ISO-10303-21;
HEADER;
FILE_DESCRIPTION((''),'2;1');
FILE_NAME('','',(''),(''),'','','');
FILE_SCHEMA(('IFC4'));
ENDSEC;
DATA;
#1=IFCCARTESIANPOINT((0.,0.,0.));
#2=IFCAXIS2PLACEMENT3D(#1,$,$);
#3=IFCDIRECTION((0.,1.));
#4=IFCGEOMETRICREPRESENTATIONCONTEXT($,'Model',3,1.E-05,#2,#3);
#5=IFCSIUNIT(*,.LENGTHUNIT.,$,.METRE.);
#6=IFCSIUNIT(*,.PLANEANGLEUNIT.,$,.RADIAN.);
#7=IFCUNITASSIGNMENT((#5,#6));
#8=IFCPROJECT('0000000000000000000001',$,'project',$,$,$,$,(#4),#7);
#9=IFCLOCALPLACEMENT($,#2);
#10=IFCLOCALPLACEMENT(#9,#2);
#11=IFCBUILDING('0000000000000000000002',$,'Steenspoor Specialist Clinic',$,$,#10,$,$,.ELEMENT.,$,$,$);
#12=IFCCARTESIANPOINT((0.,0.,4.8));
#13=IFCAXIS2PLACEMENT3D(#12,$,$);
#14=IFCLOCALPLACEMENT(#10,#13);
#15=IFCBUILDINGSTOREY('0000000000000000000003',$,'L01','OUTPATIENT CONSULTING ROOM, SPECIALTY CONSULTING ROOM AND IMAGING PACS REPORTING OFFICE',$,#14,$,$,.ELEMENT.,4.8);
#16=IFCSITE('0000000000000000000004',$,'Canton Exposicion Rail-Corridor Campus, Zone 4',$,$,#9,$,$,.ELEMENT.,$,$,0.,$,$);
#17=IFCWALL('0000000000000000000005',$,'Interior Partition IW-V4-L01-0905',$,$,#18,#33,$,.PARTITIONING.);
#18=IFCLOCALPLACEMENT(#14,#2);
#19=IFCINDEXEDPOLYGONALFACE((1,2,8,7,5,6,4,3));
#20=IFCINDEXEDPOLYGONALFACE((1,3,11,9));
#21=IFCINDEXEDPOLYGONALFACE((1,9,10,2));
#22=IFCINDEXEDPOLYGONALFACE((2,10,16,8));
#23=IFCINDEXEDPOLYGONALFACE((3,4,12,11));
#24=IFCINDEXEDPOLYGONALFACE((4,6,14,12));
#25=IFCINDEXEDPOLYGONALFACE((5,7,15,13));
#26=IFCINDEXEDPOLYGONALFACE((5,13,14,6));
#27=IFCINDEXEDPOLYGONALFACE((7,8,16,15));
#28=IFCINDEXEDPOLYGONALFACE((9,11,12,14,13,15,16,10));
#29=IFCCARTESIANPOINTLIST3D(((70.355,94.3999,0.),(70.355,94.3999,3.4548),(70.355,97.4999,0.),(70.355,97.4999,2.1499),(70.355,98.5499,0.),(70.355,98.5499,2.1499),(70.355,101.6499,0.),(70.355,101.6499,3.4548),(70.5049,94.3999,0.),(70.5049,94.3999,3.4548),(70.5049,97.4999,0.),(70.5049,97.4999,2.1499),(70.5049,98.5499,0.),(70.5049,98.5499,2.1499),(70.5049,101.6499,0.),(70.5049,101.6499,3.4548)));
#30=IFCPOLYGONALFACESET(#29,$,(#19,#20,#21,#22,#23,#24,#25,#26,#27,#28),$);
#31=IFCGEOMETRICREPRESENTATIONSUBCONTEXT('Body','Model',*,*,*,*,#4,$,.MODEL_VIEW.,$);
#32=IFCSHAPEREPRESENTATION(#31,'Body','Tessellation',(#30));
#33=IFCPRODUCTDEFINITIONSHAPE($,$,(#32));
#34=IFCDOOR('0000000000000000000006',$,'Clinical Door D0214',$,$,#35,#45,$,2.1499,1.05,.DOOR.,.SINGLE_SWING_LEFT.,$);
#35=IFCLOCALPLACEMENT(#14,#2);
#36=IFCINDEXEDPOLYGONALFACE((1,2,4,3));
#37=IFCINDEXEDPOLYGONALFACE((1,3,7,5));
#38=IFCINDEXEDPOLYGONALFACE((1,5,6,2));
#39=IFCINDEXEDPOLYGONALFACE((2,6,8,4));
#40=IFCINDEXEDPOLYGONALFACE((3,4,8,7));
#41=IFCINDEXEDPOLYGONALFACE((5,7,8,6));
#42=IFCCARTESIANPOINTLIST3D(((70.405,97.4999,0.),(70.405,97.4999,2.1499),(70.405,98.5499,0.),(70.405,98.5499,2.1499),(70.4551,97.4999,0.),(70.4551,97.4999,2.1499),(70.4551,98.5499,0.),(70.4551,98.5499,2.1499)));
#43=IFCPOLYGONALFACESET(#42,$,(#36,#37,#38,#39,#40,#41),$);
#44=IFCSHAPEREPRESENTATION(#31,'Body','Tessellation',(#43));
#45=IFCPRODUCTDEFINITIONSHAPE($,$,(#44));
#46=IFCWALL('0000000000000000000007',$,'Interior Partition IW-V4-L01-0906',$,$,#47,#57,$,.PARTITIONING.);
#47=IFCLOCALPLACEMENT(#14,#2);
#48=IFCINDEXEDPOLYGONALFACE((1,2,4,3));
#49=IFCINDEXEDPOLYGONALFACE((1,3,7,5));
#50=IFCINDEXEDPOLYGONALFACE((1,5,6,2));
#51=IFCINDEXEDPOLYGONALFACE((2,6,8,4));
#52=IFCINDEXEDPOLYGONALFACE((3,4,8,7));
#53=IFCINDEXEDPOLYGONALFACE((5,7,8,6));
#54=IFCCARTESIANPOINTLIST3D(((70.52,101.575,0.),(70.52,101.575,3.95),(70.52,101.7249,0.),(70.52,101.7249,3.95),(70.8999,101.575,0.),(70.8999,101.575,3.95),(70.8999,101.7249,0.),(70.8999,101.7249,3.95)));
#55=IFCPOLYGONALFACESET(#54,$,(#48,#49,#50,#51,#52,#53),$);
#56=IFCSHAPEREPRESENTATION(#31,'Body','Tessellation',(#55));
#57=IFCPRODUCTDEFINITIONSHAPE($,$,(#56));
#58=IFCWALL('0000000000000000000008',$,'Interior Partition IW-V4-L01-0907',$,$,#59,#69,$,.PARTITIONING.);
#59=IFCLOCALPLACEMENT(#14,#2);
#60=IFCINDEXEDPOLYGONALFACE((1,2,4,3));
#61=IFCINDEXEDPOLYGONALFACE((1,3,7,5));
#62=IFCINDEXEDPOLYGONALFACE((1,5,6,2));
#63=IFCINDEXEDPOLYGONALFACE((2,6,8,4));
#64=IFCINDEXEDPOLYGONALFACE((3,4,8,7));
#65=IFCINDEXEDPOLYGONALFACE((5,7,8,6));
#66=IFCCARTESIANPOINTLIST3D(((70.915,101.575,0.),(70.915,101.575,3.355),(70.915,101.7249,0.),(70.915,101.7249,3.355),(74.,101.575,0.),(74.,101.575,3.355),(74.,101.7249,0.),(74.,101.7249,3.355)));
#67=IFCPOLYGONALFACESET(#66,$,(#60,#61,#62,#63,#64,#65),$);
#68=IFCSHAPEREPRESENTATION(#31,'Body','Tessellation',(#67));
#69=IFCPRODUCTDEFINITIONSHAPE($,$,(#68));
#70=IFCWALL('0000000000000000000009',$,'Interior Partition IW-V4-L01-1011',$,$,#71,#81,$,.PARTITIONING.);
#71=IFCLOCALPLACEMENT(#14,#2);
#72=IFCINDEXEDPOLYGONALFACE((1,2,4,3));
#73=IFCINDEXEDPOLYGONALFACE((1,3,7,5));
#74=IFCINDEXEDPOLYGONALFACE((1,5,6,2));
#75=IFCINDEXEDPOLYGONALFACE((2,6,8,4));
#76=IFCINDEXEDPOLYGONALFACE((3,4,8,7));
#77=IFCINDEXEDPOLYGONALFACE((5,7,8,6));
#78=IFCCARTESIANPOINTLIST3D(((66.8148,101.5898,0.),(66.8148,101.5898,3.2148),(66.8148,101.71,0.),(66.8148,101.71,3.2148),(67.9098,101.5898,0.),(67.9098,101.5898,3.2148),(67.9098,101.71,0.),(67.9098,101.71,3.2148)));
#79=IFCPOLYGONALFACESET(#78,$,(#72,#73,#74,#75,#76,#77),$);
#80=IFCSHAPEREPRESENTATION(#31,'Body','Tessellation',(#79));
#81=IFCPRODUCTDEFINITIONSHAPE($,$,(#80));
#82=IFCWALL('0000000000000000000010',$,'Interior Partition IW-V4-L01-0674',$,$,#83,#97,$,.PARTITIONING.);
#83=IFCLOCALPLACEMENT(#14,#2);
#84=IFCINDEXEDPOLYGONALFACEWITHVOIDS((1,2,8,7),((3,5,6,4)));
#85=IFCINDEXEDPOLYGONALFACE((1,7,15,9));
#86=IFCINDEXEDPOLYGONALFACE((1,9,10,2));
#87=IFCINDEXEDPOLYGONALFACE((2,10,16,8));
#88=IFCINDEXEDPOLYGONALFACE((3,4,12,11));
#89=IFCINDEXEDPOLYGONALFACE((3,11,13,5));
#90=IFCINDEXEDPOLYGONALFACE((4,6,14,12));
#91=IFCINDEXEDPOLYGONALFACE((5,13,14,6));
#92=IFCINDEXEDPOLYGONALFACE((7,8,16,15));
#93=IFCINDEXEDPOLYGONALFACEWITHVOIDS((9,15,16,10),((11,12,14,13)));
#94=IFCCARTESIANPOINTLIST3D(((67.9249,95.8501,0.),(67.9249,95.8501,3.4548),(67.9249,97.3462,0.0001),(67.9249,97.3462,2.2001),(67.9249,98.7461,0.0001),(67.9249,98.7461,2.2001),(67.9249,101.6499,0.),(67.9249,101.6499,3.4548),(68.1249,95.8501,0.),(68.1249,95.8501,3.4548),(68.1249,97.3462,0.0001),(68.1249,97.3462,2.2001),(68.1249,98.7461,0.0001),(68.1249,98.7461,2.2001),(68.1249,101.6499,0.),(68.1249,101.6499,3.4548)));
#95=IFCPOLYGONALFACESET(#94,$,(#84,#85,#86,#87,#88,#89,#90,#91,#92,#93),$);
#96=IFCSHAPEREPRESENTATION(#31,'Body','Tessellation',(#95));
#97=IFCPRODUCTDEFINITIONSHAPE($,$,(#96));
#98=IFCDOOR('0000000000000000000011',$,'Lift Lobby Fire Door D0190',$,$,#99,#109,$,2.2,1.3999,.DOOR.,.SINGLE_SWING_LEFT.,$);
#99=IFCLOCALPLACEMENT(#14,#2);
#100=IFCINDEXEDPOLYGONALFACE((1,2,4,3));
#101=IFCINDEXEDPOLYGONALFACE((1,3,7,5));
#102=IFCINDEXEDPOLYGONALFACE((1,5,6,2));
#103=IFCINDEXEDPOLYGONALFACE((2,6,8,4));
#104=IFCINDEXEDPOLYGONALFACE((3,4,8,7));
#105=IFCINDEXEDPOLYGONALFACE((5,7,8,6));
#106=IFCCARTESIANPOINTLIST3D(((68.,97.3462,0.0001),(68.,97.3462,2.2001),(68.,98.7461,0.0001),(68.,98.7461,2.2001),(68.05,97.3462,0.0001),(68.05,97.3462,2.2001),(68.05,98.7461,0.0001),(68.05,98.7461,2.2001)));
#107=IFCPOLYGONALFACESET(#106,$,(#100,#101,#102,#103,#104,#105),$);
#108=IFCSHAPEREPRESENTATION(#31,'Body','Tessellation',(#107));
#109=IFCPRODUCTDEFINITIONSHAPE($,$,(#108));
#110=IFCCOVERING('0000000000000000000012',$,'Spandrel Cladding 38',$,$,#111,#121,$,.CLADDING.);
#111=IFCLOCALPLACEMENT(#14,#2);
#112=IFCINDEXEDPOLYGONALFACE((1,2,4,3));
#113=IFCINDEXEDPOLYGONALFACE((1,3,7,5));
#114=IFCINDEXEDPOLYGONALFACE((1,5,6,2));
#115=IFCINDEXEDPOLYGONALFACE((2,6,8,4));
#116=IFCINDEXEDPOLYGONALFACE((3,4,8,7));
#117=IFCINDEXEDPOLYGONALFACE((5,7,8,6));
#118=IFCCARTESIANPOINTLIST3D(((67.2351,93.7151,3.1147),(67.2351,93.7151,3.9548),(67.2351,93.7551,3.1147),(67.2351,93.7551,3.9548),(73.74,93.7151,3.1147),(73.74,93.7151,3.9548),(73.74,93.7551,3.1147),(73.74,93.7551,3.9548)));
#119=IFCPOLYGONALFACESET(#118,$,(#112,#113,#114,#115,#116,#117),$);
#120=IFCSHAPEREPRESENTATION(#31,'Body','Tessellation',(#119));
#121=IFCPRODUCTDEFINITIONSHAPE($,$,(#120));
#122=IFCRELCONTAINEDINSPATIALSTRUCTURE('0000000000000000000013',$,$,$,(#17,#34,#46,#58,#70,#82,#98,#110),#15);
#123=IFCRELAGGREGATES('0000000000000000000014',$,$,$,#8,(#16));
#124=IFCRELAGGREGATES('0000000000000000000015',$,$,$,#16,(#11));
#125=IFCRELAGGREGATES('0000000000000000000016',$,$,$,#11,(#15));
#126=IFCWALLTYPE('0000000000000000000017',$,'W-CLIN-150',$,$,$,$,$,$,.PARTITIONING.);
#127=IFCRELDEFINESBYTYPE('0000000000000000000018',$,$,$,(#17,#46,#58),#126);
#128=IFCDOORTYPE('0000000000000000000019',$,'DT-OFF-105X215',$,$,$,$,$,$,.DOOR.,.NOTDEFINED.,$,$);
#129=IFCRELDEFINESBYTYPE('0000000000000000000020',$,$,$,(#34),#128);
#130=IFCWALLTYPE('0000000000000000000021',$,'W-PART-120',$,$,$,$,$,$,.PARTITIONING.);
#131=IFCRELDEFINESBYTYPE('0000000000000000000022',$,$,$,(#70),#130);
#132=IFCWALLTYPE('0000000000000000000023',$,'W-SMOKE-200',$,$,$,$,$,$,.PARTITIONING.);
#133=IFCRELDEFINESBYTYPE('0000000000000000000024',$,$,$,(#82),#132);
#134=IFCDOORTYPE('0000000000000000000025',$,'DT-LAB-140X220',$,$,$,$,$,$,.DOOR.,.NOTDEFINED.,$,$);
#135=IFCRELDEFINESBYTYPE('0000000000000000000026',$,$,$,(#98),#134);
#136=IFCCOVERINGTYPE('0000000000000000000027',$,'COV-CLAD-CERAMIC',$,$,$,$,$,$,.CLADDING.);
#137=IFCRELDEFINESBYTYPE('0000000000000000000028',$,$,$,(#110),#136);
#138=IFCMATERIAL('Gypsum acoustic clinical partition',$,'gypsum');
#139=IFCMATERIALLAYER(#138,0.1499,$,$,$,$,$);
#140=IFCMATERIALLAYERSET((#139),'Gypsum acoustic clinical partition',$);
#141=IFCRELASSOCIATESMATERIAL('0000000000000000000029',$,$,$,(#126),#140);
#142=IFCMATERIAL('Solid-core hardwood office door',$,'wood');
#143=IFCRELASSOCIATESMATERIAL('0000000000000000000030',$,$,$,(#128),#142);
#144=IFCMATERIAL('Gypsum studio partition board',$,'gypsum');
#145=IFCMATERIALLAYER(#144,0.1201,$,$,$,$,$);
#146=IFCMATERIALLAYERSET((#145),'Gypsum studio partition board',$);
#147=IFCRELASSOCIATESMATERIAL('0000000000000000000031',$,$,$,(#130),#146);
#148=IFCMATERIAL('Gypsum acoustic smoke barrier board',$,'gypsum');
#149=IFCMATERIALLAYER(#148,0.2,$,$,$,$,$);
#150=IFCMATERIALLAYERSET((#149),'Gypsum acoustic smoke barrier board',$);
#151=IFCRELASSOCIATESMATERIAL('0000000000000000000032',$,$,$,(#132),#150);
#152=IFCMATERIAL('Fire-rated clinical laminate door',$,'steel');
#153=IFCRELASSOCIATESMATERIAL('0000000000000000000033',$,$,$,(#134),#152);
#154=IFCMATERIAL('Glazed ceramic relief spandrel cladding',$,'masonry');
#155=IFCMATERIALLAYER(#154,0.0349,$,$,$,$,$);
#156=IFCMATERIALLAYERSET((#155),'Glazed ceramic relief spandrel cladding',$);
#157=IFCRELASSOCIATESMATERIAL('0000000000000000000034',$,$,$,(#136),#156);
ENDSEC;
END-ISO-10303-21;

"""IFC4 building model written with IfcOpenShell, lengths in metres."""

from ifc_helpers import new_model, si_unit, direction, frame, frame_2d, origin, origin_2d, place, context, subcontext, project, spatial, rectangle, extrude, material, layer, layer_set, type_object, element, fill, save


model = new_model("IFC4")

# Units and contexts
model_context = context("Model", 3, precision=1e-05, world=origin(), true_north=direction((0.0, 1.0)))
body_context = subcontext(model_context, "Body", "Model", "MODEL_VIEW")
ifc_project = project(units=[si_unit("LENGTHUNIT", "METRE"), si_unit("PLANEANGLEUNIT", "RADIAN")], contexts=[model_context])

# Site, building, storey
site_placement = place(None, origin())
site = spatial("IfcSite", under=ifc_project, at=site_placement, Name="Canton Exposicion Rail-Corridor Campus, Zone 4", CompositionType="ELEMENT", RefElevation=0.0)
building_placement = place(site_placement, origin())
building = spatial("IfcBuilding", under=site, at=building_placement, Name="Steenspoor Specialist Clinic", CompositionType="ELEMENT")
storey_placement = place(building_placement, frame((0.0, 0.0, 4.8)))
storey = spatial("IfcBuildingStorey", under=building, at=storey_placement, Name="L01", Description="OUTPATIENT CONSULTING ROOM, SPECIALTY CONSULTING ROOM AND IMAGING PACS REPORTING OFFICE", CompositionType="ELEMENT", Elevation=4.8)

# Wall, opening, door
ifc_material_1 = material(Name="Gypsum acoustic clinical partition", Category="gypsum")
ifc_layer_1 = layer(ifc_material_1, 0.1499)
ifc_layer_set_1 = layer_set([ifc_layer_1], Name="Gypsum acoustic clinical partition")
wall_type_1 = type_object("IfcWallType", Name="W-CLIN-150", PredefinedType="PARTITIONING", material=ifc_layer_set_1)
wall_1_placement = place(storey_placement, frame((70.4299, 94.3999, 0.0), z_axis=(0.0, 0.0, 1.0), x_axis=(0.0, 1.0, 0.0)))
wall_1 = element("IfcWall", 1, at=wall_1_placement, inside=storey, type_object=wall_type_1, Name="Interior Partition IW-V4-L01-0905", PredefinedType="PARTITIONING", context=body_context, shape_type="SweptSolid", body=[
    extrude(rectangle(XDim=7.25, YDim=0.1499, at=frame_2d((3.625, 0.0))), origin(), (0.0, 0.0, 1.0), 3.4548),
])
opening_1_placement = place(wall_1_placement, frame((3.1001, 0.0, 0.0)))
opening_1 = element("IfcOpeningElement", 2, at=opening_1_placement, cuts=wall_1, PredefinedType="OPENING", context=body_context, shape_type="SweptSolid", body=[
    extrude(rectangle(XDim=1.05, YDim=2.1499, at=frame_2d((0.5249, 1.075))), frame((0.0, 0.085, 0.0), z_axis=(0.0, -1.0, 0.0), x_axis=(1.0, 0.0, 0.0)), (0.0, 0.0, 1.0), 0.1699),
])
ifc_material_2 = material(Name="Solid-core hardwood office door", Category="wood")
door_type_1 = type_object("IfcDoorType", Name="DT-OFF-105X215", OperationType="NOTDEFINED", PredefinedType="DOOR", material=ifc_material_2)
door_1_placement = place(opening_1_placement, origin())
door_1 = element("IfcDoor", 3, at=door_1_placement, inside=storey, type_object=door_type_1, Name="Clinical Door D0214", OperationType="SINGLE_SWING_LEFT", OverallHeight=2.1499, OverallWidth=1.05, PredefinedType="DOOR", context=body_context, shape_type="SweptSolid", body=[
    extrude(rectangle(XDim=1.05, YDim=2.1499, at=frame_2d((0.5249, 1.075))), frame((0.0, 0.0249, 0.0), z_axis=(0.0, -1.0, 0.0), x_axis=(1.0, 0.0, 0.0)), (0.0, 0.0, 1.0), 0.05),
])
fill(opening_1, door_1)

# Walls
wall_2_placement = place(storey_placement, frame((70.52, 101.6499, 0.0), z_axis=(0.0, 0.0, 1.0), x_axis=(1.0, 0.0, 0.0)))
element("IfcWall", 4, at=wall_2_placement, inside=storey, type_object=wall_type_1, Name="Interior Partition IW-V4-L01-0906", PredefinedType="PARTITIONING", context=body_context, shape_type="SweptSolid", body=[
    extrude(rectangle(XDim=0.3799, YDim=0.1499, at=frame_2d((0.1899, 0.0))), origin(), (0.0, 0.0, 1.0), 3.95),
])
wall_3_placement = place(storey_placement, frame((70.915, 101.6499, 0.0), z_axis=(0.0, 0.0, 1.0), x_axis=(1.0, 0.0, 0.0)))
element("IfcWall", 5, at=wall_3_placement, inside=storey, type_object=wall_type_1, Name="Interior Partition IW-V4-L01-0907", PredefinedType="PARTITIONING", context=body_context, shape_type="SweptSolid", body=[
    extrude(rectangle(XDim=3.085, YDim=0.1499, at=frame_2d((1.5425, 0.0))), origin(), (0.0, 0.0, 1.0), 3.355),
])
ifc_material_3 = material(Name="Gypsum studio partition board", Category="gypsum")
ifc_layer_2 = layer(ifc_material_3, 0.1201)
ifc_layer_set_2 = layer_set([ifc_layer_2], Name="Gypsum studio partition board")
wall_type_2 = type_object("IfcWallType", Name="W-PART-120", PredefinedType="PARTITIONING", material=ifc_layer_set_2)
wall_4_placement = place(storey_placement, frame((66.8149, 101.6499, 0.0), z_axis=(0.0, 0.0, 1.0), x_axis=(1.0, 0.0, 0.0)))
element("IfcWall", 6, at=wall_4_placement, inside=storey, type_object=wall_type_2, Name="Interior Partition IW-V4-L01-1011", PredefinedType="PARTITIONING", context=body_context, shape_type="SweptSolid", body=[
    extrude(rectangle(XDim=1.095, YDim=0.1201, at=frame_2d((0.5474, 0.0))), origin(), (0.0, 0.0, 1.0), 3.2148),
])

# Wall, opening, door
ifc_material_4 = material(Name="Gypsum acoustic smoke barrier board", Category="gypsum")
ifc_layer_3 = layer(ifc_material_4, 0.2)
ifc_layer_set_3 = layer_set([ifc_layer_3], Name="Gypsum acoustic smoke barrier board")
wall_type_3 = type_object("IfcWallType", Name="W-SMOKE-200", PredefinedType="PARTITIONING", material=ifc_layer_set_3)
wall_5_placement = place(storey_placement, frame((68.0249, 95.8501, 0.0), z_axis=(0.0, 0.0, 1.0), x_axis=(0.0, 1.0, 0.0)))
wall_5 = element("IfcWall", 7, at=wall_5_placement, inside=storey, type_object=wall_type_3, Name="Interior Partition IW-V4-L01-0674", PredefinedType="PARTITIONING", context=body_context, shape_type="SweptSolid", body=[
    extrude(rectangle(XDim=5.7998, YDim=0.2, at=frame_2d((2.8999, 0.0))), origin(), (0.0, 0.0, 1.0), 3.4548),
])
opening_2_placement = place(wall_5_placement, frame((1.4961, 0.0, 0.0)))
opening_2 = element("IfcOpeningElement", 8, at=opening_2_placement, cuts=wall_5, PredefinedType="OPENING", context=body_context, shape_type="SweptSolid", body=[
    extrude(rectangle(XDim=1.3999, YDim=2.2, at=frame_2d((0.7, 1.1001))), frame((0.0, 0.1099, 0.0), z_axis=(0.0, -1.0, 0.0), x_axis=(1.0, 0.0, 0.0)), (0.0, 0.0, 1.0), 0.22),
])
ifc_material_5 = material(Name="Fire-rated clinical laminate door", Category="steel")
door_type_2 = type_object("IfcDoorType", Name="DT-LAB-140X220", OperationType="NOTDEFINED", PredefinedType="DOOR", material=ifc_material_5)
door_2_placement = place(opening_2_placement, origin())
door_2 = element("IfcDoor", 9, at=door_2_placement, inside=storey, type_object=door_type_2, Name="Lift Lobby Fire Door D0190", OperationType="SINGLE_SWING_LEFT", OverallHeight=2.2, OverallWidth=1.3999, PredefinedType="DOOR", context=body_context, shape_type="SweptSolid", body=[
    extrude(rectangle(XDim=1.3999, YDim=2.2, at=frame_2d((0.7, 1.1001))), frame((0.0, 0.0249, 0.0), z_axis=(0.0, -1.0, 0.0), x_axis=(1.0, 0.0, 0.0)), (0.0, 0.0, 1.0), 0.05),
])
fill(opening_2, door_2)

# Covering
ifc_material_6 = material(Name="Glazed ceramic relief spandrel cladding", Category="masonry")
ifc_layer_4 = layer(ifc_material_6, 0.0349)
ifc_layer_set_4 = layer_set([ifc_layer_4], Name="Glazed ceramic relief spandrel cladding")
covering_type = type_object("IfcCoveringType", Name="COV-CLAD-CERAMIC", PredefinedType="CLADDING", material=ifc_layer_set_4)
covering_placement = place(storey_placement, frame((70.4875, 93.7351, 3.1147), z_axis=(0.0, 0.0, 1.0), x_axis=(-1.0, 0.0, 0.0)))
element("IfcCovering", 10, at=covering_placement, inside=storey, type_object=covering_type, Name="Spandrel Cladding 38", PredefinedType="CLADDING", context=body_context, shape_type="SweptSolid", body=[
    extrude(rectangle(XDim=6.5049, YDim=0.04, at=origin_2d()), origin(), (0.0, 0.0, 1.0), 0.8401),
])

save(model, "model.ifc")
